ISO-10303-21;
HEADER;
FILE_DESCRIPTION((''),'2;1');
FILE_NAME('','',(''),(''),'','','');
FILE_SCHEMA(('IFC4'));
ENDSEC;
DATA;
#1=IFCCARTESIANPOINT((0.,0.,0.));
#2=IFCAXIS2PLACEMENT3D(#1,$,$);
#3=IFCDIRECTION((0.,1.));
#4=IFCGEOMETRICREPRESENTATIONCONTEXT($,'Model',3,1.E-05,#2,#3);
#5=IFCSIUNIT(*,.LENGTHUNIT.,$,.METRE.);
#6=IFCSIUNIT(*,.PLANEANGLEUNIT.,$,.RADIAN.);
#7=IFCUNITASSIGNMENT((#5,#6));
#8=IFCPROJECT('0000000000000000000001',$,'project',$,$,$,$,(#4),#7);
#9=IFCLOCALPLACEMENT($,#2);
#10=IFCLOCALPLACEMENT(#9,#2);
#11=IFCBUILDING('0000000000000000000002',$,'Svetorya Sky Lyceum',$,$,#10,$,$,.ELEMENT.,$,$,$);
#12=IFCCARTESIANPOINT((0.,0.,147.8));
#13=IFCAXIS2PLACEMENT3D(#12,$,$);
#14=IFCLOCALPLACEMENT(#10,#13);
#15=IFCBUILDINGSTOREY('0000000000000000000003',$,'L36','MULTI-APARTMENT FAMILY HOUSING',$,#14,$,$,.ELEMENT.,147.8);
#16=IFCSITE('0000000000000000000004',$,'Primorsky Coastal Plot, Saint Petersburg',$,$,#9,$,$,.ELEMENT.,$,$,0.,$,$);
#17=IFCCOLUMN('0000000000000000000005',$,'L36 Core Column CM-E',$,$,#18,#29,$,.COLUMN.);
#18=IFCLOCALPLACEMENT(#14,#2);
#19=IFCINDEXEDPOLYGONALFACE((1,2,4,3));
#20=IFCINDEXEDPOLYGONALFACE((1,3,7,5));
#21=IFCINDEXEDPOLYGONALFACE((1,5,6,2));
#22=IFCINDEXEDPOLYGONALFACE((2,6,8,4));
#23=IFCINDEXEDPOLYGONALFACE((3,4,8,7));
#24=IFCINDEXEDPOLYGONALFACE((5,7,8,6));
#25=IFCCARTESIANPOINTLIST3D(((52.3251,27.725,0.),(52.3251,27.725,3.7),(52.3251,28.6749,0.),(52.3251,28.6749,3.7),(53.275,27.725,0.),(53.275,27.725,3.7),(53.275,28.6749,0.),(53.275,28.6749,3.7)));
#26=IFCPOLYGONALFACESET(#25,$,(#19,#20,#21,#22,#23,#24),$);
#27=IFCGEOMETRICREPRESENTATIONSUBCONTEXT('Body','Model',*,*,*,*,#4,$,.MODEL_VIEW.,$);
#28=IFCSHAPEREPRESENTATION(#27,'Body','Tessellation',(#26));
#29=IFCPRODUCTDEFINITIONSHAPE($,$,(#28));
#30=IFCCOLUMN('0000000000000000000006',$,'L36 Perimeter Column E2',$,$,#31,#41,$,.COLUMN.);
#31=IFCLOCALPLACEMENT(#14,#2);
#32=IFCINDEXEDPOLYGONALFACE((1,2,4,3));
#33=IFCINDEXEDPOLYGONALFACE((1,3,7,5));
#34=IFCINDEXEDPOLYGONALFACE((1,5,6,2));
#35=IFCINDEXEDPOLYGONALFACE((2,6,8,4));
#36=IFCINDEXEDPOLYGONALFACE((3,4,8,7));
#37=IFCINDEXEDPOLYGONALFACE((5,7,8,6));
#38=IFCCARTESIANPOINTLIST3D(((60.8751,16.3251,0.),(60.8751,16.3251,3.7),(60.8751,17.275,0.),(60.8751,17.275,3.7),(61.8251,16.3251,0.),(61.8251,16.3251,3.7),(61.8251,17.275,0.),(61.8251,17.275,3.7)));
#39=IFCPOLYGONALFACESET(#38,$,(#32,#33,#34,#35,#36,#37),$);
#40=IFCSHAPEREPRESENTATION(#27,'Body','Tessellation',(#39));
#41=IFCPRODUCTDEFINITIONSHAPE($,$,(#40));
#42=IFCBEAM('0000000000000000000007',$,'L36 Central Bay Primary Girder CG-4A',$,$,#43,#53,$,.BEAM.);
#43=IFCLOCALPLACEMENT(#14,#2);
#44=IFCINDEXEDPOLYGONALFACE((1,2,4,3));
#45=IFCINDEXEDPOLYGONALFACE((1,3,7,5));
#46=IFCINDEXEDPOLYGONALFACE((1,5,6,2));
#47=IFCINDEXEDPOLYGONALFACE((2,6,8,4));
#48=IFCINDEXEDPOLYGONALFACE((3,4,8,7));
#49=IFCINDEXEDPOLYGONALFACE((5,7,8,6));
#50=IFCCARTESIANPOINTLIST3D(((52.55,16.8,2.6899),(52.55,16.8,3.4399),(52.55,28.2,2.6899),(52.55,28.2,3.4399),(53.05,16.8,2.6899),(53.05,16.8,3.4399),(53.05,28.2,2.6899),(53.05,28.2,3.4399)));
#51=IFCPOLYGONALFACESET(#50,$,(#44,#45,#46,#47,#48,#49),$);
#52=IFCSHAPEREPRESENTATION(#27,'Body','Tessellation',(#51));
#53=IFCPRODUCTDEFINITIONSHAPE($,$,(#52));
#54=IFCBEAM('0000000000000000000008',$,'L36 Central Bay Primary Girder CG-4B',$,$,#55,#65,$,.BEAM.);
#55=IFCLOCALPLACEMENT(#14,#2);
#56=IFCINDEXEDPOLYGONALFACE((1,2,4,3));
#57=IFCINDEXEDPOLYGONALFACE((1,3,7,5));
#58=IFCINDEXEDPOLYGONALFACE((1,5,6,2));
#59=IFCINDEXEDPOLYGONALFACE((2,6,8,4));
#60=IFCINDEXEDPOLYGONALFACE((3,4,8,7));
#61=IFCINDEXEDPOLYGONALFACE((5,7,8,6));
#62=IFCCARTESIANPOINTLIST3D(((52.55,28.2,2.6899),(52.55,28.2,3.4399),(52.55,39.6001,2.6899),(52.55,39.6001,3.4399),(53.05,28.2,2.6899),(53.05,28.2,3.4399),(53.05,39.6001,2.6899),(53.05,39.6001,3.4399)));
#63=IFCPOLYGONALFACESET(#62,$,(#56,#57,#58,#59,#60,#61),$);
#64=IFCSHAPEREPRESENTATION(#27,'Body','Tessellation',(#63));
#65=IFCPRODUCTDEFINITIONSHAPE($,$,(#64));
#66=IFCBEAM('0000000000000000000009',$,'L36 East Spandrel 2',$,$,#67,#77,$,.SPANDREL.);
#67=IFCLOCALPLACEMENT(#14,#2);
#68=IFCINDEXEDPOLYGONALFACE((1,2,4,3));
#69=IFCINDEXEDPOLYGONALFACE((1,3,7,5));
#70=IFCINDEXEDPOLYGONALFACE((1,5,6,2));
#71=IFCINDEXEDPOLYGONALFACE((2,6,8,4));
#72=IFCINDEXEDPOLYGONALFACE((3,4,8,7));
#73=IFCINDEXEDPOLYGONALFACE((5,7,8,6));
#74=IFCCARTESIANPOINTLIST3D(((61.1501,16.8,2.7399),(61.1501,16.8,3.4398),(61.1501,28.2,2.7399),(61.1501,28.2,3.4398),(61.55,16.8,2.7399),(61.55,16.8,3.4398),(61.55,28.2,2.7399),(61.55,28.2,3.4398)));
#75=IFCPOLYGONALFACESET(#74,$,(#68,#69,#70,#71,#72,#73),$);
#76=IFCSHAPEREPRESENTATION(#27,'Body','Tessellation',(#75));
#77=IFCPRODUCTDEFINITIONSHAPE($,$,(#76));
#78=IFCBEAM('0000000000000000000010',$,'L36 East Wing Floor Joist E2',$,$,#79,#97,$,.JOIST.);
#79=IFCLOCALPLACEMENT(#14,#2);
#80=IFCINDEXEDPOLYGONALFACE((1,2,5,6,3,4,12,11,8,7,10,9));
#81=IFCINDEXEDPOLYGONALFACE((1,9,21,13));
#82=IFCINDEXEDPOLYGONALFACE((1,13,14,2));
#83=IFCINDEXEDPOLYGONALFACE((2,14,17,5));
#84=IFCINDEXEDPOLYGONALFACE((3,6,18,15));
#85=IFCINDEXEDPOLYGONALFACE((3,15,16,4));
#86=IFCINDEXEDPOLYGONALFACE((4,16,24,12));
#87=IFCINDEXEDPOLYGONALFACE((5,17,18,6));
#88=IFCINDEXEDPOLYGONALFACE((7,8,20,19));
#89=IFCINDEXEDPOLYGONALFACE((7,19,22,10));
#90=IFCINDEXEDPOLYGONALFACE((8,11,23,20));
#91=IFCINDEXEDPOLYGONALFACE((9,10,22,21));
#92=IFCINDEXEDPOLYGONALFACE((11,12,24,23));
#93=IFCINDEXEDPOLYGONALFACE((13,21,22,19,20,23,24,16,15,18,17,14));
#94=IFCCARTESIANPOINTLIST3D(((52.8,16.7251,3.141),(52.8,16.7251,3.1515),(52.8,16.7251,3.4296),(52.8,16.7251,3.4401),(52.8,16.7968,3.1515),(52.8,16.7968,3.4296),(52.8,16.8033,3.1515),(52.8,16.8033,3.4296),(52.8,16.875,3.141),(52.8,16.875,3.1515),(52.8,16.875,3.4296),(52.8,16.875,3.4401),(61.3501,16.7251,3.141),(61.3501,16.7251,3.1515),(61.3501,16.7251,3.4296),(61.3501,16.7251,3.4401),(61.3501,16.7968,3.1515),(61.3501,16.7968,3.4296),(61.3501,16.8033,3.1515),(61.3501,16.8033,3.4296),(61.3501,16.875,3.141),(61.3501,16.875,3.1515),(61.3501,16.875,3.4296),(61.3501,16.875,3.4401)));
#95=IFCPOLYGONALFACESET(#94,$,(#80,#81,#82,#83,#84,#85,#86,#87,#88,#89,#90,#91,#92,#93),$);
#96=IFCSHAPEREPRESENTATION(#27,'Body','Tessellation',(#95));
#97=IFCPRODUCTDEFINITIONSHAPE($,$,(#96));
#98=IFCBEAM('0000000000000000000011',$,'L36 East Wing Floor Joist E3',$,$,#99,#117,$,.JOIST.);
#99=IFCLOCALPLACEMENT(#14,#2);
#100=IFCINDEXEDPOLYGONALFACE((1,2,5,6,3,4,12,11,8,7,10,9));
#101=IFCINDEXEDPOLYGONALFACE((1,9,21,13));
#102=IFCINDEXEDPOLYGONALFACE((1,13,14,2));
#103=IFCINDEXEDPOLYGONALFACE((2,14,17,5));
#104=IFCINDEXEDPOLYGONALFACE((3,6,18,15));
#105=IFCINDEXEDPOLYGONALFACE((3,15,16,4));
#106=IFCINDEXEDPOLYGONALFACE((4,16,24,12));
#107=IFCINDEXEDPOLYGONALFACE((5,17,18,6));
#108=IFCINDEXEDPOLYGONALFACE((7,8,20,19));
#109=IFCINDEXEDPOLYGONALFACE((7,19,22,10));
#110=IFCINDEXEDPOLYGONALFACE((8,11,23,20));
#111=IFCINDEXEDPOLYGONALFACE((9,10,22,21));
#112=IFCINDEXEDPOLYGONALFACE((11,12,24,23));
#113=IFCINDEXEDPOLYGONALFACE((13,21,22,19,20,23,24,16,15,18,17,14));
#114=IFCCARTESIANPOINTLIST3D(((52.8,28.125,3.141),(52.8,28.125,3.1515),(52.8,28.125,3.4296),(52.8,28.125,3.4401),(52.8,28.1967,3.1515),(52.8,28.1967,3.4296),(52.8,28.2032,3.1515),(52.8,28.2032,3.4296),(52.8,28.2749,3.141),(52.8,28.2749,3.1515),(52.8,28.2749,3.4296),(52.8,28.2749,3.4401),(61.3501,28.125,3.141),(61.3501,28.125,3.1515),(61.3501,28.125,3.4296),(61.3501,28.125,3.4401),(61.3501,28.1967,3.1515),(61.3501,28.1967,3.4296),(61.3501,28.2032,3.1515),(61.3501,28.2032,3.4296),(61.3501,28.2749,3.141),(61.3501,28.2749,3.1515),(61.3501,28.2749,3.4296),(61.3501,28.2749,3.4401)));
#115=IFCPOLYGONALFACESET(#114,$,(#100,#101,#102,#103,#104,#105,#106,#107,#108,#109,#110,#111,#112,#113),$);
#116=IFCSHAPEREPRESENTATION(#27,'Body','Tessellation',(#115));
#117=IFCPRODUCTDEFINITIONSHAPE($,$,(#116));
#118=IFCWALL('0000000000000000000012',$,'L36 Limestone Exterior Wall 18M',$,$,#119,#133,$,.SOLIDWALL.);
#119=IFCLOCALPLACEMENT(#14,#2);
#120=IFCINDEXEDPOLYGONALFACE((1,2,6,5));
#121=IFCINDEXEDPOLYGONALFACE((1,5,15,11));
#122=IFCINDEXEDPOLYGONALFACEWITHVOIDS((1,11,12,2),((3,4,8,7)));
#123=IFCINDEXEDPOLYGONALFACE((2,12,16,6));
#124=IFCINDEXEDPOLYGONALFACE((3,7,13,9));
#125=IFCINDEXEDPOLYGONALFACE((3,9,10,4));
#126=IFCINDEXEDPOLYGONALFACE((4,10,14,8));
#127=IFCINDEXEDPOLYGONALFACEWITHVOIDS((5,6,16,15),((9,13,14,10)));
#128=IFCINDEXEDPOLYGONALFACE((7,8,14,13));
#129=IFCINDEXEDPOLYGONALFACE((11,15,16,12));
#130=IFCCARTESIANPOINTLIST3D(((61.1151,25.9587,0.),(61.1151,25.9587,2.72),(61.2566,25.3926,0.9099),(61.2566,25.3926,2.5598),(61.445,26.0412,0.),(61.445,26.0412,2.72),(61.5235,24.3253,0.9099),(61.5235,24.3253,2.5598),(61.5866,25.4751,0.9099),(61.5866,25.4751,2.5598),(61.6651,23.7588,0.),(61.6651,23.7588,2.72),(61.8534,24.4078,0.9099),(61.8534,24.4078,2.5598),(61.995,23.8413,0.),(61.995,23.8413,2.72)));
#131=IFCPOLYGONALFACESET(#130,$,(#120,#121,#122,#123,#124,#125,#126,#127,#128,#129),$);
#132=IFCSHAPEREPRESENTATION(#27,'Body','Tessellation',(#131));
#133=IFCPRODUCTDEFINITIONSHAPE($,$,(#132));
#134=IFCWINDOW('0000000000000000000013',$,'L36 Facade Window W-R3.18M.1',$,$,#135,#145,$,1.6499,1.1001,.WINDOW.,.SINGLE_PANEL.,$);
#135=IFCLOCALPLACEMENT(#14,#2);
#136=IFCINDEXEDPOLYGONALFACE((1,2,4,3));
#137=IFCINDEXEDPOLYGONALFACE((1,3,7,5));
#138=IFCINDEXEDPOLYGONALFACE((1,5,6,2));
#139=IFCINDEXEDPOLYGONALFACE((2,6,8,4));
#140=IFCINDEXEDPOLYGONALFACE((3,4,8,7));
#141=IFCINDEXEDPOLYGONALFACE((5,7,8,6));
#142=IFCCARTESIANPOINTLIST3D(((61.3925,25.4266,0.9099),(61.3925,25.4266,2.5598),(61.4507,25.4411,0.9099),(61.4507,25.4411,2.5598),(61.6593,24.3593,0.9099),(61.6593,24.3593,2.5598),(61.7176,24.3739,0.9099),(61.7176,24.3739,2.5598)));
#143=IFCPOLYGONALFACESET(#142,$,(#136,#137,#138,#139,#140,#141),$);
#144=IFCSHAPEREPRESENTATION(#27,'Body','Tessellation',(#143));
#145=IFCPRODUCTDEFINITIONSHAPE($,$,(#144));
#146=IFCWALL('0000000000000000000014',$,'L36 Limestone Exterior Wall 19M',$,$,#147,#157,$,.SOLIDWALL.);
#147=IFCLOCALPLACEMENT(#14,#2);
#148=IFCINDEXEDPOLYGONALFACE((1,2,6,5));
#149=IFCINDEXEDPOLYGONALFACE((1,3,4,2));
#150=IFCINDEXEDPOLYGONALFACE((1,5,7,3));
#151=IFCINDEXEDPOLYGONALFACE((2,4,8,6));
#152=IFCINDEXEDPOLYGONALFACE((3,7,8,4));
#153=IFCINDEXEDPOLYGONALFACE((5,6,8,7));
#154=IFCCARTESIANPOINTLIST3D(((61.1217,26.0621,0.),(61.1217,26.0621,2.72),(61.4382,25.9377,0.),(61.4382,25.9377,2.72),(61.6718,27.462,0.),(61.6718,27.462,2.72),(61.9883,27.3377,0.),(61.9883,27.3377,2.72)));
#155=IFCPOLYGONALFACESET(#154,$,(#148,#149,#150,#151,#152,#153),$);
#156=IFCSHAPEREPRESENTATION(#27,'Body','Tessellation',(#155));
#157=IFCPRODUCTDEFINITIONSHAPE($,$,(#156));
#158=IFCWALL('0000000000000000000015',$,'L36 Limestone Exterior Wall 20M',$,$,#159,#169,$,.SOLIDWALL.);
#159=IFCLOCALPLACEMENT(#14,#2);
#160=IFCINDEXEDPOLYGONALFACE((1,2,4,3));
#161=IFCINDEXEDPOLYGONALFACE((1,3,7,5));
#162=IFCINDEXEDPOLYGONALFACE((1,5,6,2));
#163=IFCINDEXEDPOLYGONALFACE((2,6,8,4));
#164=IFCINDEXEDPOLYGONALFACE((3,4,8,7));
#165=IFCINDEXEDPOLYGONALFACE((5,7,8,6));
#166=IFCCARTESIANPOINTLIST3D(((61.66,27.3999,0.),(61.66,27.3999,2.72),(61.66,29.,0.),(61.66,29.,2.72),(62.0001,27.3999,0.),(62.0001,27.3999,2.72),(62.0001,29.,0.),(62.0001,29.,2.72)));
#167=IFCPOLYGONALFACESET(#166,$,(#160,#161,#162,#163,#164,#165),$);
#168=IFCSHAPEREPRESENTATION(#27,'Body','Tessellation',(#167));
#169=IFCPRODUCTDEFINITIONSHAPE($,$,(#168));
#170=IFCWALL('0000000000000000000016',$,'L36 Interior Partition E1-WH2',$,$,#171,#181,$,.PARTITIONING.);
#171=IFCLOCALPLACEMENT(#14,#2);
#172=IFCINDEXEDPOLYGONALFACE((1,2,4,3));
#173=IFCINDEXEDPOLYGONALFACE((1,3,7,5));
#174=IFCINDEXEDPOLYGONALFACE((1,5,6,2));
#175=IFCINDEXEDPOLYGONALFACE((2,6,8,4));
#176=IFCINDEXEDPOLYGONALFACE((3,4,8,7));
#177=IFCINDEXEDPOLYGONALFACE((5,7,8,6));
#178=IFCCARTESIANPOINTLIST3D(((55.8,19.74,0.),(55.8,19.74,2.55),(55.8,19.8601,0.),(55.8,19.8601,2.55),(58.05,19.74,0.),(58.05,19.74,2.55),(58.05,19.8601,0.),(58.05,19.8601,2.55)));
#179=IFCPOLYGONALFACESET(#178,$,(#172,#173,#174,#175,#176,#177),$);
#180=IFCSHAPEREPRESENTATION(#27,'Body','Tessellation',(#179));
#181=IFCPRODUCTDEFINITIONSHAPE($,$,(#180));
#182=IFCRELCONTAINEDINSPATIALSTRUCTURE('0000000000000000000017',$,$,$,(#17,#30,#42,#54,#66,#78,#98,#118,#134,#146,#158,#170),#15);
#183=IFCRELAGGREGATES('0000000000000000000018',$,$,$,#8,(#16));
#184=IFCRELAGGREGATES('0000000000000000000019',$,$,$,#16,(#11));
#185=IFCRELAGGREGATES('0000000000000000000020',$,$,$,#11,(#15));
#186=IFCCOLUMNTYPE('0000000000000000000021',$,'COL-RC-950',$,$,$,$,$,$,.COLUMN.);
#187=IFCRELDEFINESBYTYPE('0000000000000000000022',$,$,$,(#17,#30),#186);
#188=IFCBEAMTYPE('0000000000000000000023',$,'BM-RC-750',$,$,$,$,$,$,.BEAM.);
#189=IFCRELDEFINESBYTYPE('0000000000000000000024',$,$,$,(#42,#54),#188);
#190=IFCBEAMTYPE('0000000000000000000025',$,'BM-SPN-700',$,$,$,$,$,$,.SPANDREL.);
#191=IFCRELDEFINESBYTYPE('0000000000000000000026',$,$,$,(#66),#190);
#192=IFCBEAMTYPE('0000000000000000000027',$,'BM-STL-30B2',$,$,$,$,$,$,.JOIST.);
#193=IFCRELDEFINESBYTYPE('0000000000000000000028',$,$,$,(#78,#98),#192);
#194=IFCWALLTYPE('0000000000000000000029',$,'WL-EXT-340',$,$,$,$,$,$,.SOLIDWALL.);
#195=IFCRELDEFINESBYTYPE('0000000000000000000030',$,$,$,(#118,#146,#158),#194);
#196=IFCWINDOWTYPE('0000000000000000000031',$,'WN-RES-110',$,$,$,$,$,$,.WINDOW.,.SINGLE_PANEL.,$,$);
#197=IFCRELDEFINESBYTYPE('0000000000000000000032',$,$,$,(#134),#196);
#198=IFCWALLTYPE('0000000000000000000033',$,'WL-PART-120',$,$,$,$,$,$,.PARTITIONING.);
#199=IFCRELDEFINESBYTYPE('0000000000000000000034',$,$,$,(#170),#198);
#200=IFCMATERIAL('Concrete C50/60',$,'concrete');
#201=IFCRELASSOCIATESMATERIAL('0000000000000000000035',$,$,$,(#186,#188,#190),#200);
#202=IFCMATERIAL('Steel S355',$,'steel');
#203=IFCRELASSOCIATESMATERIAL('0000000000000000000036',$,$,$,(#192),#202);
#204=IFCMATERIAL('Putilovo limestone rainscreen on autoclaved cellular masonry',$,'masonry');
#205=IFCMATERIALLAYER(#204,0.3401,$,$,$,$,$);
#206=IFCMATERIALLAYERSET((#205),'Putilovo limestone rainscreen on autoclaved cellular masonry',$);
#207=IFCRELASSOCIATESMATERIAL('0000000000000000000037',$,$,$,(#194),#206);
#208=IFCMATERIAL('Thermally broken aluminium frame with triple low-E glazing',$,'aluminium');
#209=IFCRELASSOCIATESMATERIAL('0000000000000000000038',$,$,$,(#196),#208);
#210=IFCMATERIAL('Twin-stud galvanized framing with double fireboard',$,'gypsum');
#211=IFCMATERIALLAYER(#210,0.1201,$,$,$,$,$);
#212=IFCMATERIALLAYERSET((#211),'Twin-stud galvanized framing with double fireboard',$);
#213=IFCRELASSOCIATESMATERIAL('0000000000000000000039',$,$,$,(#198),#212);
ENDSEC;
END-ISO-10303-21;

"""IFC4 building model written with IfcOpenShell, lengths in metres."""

from ifc_helpers import new_model, si_unit, direction, frame, frame_2d, origin, origin_2d, place, context, subcontext, project, spatial, rectangle, i_section, extrude, material, layer, layer_set, material_profile, profile_set, type_object, element, fill, save


model = new_model("IFC4")

# Units and contexts
model_context = context("Model", 3, precision=1e-05, world=origin(), true_north=direction((0.0, 1.0)))
body_context = subcontext(model_context, "Body", "Model", "MODEL_VIEW")
ifc_project = project(units=[si_unit("LENGTHUNIT", "METRE"), si_unit("PLANEANGLEUNIT", "RADIAN")], contexts=[model_context])

# Site, building, storey
site_placement = place(None, origin())
site = spatial("IfcSite", under=ifc_project, at=site_placement, Name="Primorsky Coastal Plot, Saint Petersburg", CompositionType="ELEMENT", RefElevation=0.0)
building_placement = place(site_placement, origin())
building = spatial("IfcBuilding", under=site, at=building_placement, Name="Svetorya Sky Lyceum", CompositionType="ELEMENT")
storey_placement = place(building_placement, frame((0.0, 0.0, 147.8)))
storey = spatial("IfcBuildingStorey", under=building, at=storey_placement, Name="L36", Description="MULTI-APARTMENT FAMILY HOUSING", CompositionType="ELEMENT", Elevation=147.8)

# Columns
ifc_material_1 = material(Name="Concrete C50/60", Category="concrete")
ifc_material_profile_1 = material_profile(ifc_material_1, rectangle(XDim=0.95, YDim=0.95, at=origin_2d()), Name="RC COL 950x950")
ifc_profile_set_1 = profile_set([ifc_material_profile_1], Name="Concrete C50/60")
column_type = type_object("IfcColumnType", Name="COL-RC-950", PredefinedType="COLUMN", material=ifc_profile_set_1)
for number, where, z_axis, x_axis, name in (
    (1, (52.8, 28.2, 0.0), (0.0, 0.0, 1.0), (1.0, 0.0, 0.0), "L36 Core Column CM-E"),
    (2, (61.3501, 16.8, 0.0), (0.0, 0.0, 1.0), (1.0, 0.0, 0.0), "L36 Perimeter Column E2"),
):
    element("IfcColumn", number, at=place(storey_placement, frame(where, z_axis=z_axis, x_axis=x_axis)), inside=storey, type_object=column_type, Name=name, PredefinedType="COLUMN", context=body_context, shape_type="SweptSolid", body=[
        extrude(rectangle(XDim=0.95, YDim=0.95, at=origin_2d()), origin(), (0.0, 0.0, 1.0), 3.7),
    ])

# Beams
ifc_material_profile_2 = material_profile(ifc_material_1, rectangle(XDim=0.5, YDim=0.75, at=origin_2d()), Name="RC BEAM 500x750")
ifc_profile_set_2 = profile_set([ifc_material_profile_2], Name="Concrete C50/60")
beam_type_1 = type_object("IfcBeamType", Name="BM-RC-750", PredefinedType="BEAM", material=ifc_profile_set_2)
beam_1_placement = place(storey_placement, frame((52.8, 16.8, 3.0649), z_axis=(0.0, 1.0, 0.0), x_axis=(-1.0, 0.0, 0.0)))
element("IfcBeam", 3, at=beam_1_placement, inside=storey, type_object=beam_type_1, Name="L36 Central Bay Primary Girder CG-4A", PredefinedType="BEAM", context=body_context, shape_type="SweptSolid", body=[
    extrude(rectangle(XDim=0.5, YDim=0.75, at=origin_2d()), origin(), (0.0, 0.0, 1.0), 11.3999),
])
beam_2_placement = place(storey_placement, frame((52.8, 28.2, 3.0649), z_axis=(0.0, 1.0, 0.0), x_axis=(-1.0, 0.0, 0.0)))
element("IfcBeam", 4, at=beam_2_placement, inside=storey, type_object=beam_type_1, Name="L36 Central Bay Primary Girder CG-4B", PredefinedType="BEAM", context=body_context, shape_type="SweptSolid", body=[
    extrude(rectangle(XDim=0.5, YDim=0.75, at=origin_2d()), origin(), (0.0, 0.0, 1.0), 11.4001),
])
ifc_material_profile_3 = material_profile(ifc_material_1, rectangle(XDim=0.3999, YDim=0.7, at=origin_2d()), Name="RC SPANDREL 400x700")
ifc_profile_set_3 = profile_set([ifc_material_profile_3], Name="Concrete C50/60")
beam_type_2 = type_object("IfcBeamType", Name="BM-SPN-700", PredefinedType="SPANDREL", material=ifc_profile_set_3)
beam_3_placement = place(storey_placement, frame((61.3501, 16.8, 3.0898), z_axis=(0.0, 1.0, 0.0), x_axis=(-1.0, 0.0, 0.0)))
element("IfcBeam", 5, at=beam_3_placement, inside=storey, type_object=beam_type_2, Name="L36 East Spandrel 2", PredefinedType="SPANDREL", context=body_context, shape_type="SweptSolid", body=[
    extrude(rectangle(XDim=0.3999, YDim=0.7, at=origin_2d()), origin(), (0.0, 0.0, 1.0), 11.3999),
])
ifc_material_2 = material(Name="Steel S355", Category="steel")
ifc_material_profile_4 = material_profile(ifc_material_2, i_section(OverallWidth=0.1499, OverallDepth=0.2991, WebThickness=0.0066, FlangeThickness=0.0105, at=origin_2d()), Name="GOST 30B2")
ifc_profile_set_4 = profile_set([ifc_material_profile_4], Name="Steel S355")
beam_type_3 = type_object("IfcBeamType", Name="BM-STL-30B2", PredefinedType="JOIST", material=ifc_profile_set_4)
for number, where, z_axis, x_axis, name in (
    (6, (52.8, 16.8, 3.2905), (1.0, 0.0, 0.0), (0.0, 1.0, 0.0), "L36 East Wing Floor Joist E2"),
    (7, (52.8, 28.2, 3.2905), (1.0, 0.0, 0.0), (0.0, 1.0, 0.0), "L36 East Wing Floor Joist E3"),
):
    element("IfcBeam", number, at=place(storey_placement, frame(where, z_axis=z_axis, x_axis=x_axis)), inside=storey, type_object=beam_type_3, Name=name, PredefinedType="JOIST", context=body_context, shape_type="SweptSolid", body=[
        extrude(i_section(OverallWidth=0.1499, OverallDepth=0.2991, WebThickness=0.0066, FlangeThickness=0.0105, at=origin_2d()), origin(), (0.0, 0.0, 1.0), 8.55),
    ])

# Wall, opening, window
ifc_material_3 = material(Name="Putilovo limestone rainscreen on autoclaved cellular masonry", Category="masonry")
ifc_layer_1 = layer(ifc_material_3, 0.3401)
ifc_layer_set_1 = layer_set([ifc_layer_1], Name="Putilovo limestone rainscreen on autoclaved cellular masonry")
wall_type_1 = type_object("IfcWallType", Name="WL-EXT-340", PredefinedType="SOLIDWALL", material=ifc_layer_set_1)
wall_1_placement = place(storey_placement, frame((61.8301, 23.8, 0.0), z_axis=(0.0, 0.0, 1.0), x_axis=(-0.242561, 0.970136, 0.0)))
wall_1 = element("IfcWall", 8, at=wall_1_placement, inside=storey, type_object=wall_type_1, Name="L36 Limestone Exterior Wall 18M", PredefinedType="SOLIDWALL", context=body_context, shape_type="SweptSolid", body=[
    extrude(rectangle(XDim=2.2676, YDim=0.3401, at=frame_2d((1.1338, 0.0))), origin(), (0.0, 0.0, 1.0), 2.72),
])
opening_1_placement = place(wall_1_placement, frame((0.584, 0.0, 0.9099)))
opening_1 = element("IfcOpeningElement", 9, at=opening_1_placement, cuts=wall_1, PredefinedType="OPENING", context=body_context, shape_type="SweptSolid", body=[
    extrude(rectangle(XDim=1.1001, YDim=1.6499, at=frame_2d((0.55, 0.825))), frame((0.0, 0.1799, 0.0), z_axis=(0.0, -1.0, 0.0), x_axis=(1.0, 0.0, 0.0)), (0.0, 0.0, 1.0), 0.3601),
])
ifc_material_4 = material(Name="Thermally broken aluminium frame with triple low-E glazing", Category="aluminium")
window_type = type_object("IfcWindowType", Name="WN-RES-110", PartitioningType="SINGLE_PANEL", PredefinedType="WINDOW", material=ifc_material_4)
window_placement = place(opening_1_placement, origin())
window = element("IfcWindow", 10, at=window_placement, inside=storey, type_object=window_type, Name="L36 Facade Window W-R3.18M.1", OverallHeight=1.6499, OverallWidth=1.1001, PartitioningType="SINGLE_PANEL", PredefinedType="WINDOW", context=body_context, shape_type="SweptSolid", body=[
    extrude(rectangle(XDim=1.1001, YDim=1.6499, at=frame_2d((0.55, 0.825))), frame((0.0, 0.03, 0.0), z_axis=(0.0, -1.0, 0.0), x_axis=(1.0, 0.0, 0.0)), (0.0, 0.0, 1.0), 0.0601),
])
fill(opening_1, window)

# Walls
wall_2_placement = place(storey_placement, frame((61.28, 26.0, 0.0), z_axis=(0.0, 0.0, 1.0), x_axis=(0.365703, 0.930732, 0.0)))
element("IfcWall", 11, at=wall_2_placement, inside=storey, type_object=wall_type_1, Name="L36 Limestone Exterior Wall 19M", PredefinedType="SOLIDWALL", context=body_context, shape_type="SweptSolid", body=[
    extrude(rectangle(XDim=1.5042, YDim=0.3401, at=frame_2d((0.752, 0.0))), origin(), (0.0, 0.0, 1.0), 2.72),
])
wall_3_placement = place(storey_placement, frame((61.8301, 27.3999, 0.0), z_axis=(0.0, 0.0, 1.0), x_axis=(0.0, 1.0, 0.0)))
element("IfcWall", 12, at=wall_3_placement, inside=storey, type_object=wall_type_1, Name="L36 Limestone Exterior Wall 20M", PredefinedType="SOLIDWALL", context=body_context, shape_type="SweptSolid", body=[
    extrude(rectangle(XDim=1.6001, YDim=0.3401, at=frame_2d((0.8, 0.0))), origin(), (0.0, 0.0, 1.0), 2.72),
])
ifc_material_5 = material(Name="Twin-stud galvanized framing with double fireboard", Category="gypsum")
ifc_layer_2 = layer(ifc_material_5, 0.1201)
ifc_layer_set_2 = layer_set([ifc_layer_2], Name="Twin-stud galvanized framing with double fireboard")
wall_type_2 = type_object("IfcWallType", Name="WL-PART-120", PredefinedType="PARTITIONING", material=ifc_layer_set_2)
wall_4_placement = place(storey_placement, frame((55.8, 19.8, 0.0), z_axis=(0.0, 0.0, 1.0), x_axis=(1.0, 0.0, 0.0)))
element("IfcWall", 13, at=wall_4_placement, inside=storey, type_object=wall_type_2, Name="L36 Interior Partition E1-WH2", PredefinedType="PARTITIONING", context=body_context, shape_type="SweptSolid", body=[
    extrude(rectangle(XDim=2.25, YDim=0.1201, at=frame_2d((1.125, 0.0))), origin(), (0.0, 0.0, 1.0), 2.55),
])

save(model, "model.ifc")
